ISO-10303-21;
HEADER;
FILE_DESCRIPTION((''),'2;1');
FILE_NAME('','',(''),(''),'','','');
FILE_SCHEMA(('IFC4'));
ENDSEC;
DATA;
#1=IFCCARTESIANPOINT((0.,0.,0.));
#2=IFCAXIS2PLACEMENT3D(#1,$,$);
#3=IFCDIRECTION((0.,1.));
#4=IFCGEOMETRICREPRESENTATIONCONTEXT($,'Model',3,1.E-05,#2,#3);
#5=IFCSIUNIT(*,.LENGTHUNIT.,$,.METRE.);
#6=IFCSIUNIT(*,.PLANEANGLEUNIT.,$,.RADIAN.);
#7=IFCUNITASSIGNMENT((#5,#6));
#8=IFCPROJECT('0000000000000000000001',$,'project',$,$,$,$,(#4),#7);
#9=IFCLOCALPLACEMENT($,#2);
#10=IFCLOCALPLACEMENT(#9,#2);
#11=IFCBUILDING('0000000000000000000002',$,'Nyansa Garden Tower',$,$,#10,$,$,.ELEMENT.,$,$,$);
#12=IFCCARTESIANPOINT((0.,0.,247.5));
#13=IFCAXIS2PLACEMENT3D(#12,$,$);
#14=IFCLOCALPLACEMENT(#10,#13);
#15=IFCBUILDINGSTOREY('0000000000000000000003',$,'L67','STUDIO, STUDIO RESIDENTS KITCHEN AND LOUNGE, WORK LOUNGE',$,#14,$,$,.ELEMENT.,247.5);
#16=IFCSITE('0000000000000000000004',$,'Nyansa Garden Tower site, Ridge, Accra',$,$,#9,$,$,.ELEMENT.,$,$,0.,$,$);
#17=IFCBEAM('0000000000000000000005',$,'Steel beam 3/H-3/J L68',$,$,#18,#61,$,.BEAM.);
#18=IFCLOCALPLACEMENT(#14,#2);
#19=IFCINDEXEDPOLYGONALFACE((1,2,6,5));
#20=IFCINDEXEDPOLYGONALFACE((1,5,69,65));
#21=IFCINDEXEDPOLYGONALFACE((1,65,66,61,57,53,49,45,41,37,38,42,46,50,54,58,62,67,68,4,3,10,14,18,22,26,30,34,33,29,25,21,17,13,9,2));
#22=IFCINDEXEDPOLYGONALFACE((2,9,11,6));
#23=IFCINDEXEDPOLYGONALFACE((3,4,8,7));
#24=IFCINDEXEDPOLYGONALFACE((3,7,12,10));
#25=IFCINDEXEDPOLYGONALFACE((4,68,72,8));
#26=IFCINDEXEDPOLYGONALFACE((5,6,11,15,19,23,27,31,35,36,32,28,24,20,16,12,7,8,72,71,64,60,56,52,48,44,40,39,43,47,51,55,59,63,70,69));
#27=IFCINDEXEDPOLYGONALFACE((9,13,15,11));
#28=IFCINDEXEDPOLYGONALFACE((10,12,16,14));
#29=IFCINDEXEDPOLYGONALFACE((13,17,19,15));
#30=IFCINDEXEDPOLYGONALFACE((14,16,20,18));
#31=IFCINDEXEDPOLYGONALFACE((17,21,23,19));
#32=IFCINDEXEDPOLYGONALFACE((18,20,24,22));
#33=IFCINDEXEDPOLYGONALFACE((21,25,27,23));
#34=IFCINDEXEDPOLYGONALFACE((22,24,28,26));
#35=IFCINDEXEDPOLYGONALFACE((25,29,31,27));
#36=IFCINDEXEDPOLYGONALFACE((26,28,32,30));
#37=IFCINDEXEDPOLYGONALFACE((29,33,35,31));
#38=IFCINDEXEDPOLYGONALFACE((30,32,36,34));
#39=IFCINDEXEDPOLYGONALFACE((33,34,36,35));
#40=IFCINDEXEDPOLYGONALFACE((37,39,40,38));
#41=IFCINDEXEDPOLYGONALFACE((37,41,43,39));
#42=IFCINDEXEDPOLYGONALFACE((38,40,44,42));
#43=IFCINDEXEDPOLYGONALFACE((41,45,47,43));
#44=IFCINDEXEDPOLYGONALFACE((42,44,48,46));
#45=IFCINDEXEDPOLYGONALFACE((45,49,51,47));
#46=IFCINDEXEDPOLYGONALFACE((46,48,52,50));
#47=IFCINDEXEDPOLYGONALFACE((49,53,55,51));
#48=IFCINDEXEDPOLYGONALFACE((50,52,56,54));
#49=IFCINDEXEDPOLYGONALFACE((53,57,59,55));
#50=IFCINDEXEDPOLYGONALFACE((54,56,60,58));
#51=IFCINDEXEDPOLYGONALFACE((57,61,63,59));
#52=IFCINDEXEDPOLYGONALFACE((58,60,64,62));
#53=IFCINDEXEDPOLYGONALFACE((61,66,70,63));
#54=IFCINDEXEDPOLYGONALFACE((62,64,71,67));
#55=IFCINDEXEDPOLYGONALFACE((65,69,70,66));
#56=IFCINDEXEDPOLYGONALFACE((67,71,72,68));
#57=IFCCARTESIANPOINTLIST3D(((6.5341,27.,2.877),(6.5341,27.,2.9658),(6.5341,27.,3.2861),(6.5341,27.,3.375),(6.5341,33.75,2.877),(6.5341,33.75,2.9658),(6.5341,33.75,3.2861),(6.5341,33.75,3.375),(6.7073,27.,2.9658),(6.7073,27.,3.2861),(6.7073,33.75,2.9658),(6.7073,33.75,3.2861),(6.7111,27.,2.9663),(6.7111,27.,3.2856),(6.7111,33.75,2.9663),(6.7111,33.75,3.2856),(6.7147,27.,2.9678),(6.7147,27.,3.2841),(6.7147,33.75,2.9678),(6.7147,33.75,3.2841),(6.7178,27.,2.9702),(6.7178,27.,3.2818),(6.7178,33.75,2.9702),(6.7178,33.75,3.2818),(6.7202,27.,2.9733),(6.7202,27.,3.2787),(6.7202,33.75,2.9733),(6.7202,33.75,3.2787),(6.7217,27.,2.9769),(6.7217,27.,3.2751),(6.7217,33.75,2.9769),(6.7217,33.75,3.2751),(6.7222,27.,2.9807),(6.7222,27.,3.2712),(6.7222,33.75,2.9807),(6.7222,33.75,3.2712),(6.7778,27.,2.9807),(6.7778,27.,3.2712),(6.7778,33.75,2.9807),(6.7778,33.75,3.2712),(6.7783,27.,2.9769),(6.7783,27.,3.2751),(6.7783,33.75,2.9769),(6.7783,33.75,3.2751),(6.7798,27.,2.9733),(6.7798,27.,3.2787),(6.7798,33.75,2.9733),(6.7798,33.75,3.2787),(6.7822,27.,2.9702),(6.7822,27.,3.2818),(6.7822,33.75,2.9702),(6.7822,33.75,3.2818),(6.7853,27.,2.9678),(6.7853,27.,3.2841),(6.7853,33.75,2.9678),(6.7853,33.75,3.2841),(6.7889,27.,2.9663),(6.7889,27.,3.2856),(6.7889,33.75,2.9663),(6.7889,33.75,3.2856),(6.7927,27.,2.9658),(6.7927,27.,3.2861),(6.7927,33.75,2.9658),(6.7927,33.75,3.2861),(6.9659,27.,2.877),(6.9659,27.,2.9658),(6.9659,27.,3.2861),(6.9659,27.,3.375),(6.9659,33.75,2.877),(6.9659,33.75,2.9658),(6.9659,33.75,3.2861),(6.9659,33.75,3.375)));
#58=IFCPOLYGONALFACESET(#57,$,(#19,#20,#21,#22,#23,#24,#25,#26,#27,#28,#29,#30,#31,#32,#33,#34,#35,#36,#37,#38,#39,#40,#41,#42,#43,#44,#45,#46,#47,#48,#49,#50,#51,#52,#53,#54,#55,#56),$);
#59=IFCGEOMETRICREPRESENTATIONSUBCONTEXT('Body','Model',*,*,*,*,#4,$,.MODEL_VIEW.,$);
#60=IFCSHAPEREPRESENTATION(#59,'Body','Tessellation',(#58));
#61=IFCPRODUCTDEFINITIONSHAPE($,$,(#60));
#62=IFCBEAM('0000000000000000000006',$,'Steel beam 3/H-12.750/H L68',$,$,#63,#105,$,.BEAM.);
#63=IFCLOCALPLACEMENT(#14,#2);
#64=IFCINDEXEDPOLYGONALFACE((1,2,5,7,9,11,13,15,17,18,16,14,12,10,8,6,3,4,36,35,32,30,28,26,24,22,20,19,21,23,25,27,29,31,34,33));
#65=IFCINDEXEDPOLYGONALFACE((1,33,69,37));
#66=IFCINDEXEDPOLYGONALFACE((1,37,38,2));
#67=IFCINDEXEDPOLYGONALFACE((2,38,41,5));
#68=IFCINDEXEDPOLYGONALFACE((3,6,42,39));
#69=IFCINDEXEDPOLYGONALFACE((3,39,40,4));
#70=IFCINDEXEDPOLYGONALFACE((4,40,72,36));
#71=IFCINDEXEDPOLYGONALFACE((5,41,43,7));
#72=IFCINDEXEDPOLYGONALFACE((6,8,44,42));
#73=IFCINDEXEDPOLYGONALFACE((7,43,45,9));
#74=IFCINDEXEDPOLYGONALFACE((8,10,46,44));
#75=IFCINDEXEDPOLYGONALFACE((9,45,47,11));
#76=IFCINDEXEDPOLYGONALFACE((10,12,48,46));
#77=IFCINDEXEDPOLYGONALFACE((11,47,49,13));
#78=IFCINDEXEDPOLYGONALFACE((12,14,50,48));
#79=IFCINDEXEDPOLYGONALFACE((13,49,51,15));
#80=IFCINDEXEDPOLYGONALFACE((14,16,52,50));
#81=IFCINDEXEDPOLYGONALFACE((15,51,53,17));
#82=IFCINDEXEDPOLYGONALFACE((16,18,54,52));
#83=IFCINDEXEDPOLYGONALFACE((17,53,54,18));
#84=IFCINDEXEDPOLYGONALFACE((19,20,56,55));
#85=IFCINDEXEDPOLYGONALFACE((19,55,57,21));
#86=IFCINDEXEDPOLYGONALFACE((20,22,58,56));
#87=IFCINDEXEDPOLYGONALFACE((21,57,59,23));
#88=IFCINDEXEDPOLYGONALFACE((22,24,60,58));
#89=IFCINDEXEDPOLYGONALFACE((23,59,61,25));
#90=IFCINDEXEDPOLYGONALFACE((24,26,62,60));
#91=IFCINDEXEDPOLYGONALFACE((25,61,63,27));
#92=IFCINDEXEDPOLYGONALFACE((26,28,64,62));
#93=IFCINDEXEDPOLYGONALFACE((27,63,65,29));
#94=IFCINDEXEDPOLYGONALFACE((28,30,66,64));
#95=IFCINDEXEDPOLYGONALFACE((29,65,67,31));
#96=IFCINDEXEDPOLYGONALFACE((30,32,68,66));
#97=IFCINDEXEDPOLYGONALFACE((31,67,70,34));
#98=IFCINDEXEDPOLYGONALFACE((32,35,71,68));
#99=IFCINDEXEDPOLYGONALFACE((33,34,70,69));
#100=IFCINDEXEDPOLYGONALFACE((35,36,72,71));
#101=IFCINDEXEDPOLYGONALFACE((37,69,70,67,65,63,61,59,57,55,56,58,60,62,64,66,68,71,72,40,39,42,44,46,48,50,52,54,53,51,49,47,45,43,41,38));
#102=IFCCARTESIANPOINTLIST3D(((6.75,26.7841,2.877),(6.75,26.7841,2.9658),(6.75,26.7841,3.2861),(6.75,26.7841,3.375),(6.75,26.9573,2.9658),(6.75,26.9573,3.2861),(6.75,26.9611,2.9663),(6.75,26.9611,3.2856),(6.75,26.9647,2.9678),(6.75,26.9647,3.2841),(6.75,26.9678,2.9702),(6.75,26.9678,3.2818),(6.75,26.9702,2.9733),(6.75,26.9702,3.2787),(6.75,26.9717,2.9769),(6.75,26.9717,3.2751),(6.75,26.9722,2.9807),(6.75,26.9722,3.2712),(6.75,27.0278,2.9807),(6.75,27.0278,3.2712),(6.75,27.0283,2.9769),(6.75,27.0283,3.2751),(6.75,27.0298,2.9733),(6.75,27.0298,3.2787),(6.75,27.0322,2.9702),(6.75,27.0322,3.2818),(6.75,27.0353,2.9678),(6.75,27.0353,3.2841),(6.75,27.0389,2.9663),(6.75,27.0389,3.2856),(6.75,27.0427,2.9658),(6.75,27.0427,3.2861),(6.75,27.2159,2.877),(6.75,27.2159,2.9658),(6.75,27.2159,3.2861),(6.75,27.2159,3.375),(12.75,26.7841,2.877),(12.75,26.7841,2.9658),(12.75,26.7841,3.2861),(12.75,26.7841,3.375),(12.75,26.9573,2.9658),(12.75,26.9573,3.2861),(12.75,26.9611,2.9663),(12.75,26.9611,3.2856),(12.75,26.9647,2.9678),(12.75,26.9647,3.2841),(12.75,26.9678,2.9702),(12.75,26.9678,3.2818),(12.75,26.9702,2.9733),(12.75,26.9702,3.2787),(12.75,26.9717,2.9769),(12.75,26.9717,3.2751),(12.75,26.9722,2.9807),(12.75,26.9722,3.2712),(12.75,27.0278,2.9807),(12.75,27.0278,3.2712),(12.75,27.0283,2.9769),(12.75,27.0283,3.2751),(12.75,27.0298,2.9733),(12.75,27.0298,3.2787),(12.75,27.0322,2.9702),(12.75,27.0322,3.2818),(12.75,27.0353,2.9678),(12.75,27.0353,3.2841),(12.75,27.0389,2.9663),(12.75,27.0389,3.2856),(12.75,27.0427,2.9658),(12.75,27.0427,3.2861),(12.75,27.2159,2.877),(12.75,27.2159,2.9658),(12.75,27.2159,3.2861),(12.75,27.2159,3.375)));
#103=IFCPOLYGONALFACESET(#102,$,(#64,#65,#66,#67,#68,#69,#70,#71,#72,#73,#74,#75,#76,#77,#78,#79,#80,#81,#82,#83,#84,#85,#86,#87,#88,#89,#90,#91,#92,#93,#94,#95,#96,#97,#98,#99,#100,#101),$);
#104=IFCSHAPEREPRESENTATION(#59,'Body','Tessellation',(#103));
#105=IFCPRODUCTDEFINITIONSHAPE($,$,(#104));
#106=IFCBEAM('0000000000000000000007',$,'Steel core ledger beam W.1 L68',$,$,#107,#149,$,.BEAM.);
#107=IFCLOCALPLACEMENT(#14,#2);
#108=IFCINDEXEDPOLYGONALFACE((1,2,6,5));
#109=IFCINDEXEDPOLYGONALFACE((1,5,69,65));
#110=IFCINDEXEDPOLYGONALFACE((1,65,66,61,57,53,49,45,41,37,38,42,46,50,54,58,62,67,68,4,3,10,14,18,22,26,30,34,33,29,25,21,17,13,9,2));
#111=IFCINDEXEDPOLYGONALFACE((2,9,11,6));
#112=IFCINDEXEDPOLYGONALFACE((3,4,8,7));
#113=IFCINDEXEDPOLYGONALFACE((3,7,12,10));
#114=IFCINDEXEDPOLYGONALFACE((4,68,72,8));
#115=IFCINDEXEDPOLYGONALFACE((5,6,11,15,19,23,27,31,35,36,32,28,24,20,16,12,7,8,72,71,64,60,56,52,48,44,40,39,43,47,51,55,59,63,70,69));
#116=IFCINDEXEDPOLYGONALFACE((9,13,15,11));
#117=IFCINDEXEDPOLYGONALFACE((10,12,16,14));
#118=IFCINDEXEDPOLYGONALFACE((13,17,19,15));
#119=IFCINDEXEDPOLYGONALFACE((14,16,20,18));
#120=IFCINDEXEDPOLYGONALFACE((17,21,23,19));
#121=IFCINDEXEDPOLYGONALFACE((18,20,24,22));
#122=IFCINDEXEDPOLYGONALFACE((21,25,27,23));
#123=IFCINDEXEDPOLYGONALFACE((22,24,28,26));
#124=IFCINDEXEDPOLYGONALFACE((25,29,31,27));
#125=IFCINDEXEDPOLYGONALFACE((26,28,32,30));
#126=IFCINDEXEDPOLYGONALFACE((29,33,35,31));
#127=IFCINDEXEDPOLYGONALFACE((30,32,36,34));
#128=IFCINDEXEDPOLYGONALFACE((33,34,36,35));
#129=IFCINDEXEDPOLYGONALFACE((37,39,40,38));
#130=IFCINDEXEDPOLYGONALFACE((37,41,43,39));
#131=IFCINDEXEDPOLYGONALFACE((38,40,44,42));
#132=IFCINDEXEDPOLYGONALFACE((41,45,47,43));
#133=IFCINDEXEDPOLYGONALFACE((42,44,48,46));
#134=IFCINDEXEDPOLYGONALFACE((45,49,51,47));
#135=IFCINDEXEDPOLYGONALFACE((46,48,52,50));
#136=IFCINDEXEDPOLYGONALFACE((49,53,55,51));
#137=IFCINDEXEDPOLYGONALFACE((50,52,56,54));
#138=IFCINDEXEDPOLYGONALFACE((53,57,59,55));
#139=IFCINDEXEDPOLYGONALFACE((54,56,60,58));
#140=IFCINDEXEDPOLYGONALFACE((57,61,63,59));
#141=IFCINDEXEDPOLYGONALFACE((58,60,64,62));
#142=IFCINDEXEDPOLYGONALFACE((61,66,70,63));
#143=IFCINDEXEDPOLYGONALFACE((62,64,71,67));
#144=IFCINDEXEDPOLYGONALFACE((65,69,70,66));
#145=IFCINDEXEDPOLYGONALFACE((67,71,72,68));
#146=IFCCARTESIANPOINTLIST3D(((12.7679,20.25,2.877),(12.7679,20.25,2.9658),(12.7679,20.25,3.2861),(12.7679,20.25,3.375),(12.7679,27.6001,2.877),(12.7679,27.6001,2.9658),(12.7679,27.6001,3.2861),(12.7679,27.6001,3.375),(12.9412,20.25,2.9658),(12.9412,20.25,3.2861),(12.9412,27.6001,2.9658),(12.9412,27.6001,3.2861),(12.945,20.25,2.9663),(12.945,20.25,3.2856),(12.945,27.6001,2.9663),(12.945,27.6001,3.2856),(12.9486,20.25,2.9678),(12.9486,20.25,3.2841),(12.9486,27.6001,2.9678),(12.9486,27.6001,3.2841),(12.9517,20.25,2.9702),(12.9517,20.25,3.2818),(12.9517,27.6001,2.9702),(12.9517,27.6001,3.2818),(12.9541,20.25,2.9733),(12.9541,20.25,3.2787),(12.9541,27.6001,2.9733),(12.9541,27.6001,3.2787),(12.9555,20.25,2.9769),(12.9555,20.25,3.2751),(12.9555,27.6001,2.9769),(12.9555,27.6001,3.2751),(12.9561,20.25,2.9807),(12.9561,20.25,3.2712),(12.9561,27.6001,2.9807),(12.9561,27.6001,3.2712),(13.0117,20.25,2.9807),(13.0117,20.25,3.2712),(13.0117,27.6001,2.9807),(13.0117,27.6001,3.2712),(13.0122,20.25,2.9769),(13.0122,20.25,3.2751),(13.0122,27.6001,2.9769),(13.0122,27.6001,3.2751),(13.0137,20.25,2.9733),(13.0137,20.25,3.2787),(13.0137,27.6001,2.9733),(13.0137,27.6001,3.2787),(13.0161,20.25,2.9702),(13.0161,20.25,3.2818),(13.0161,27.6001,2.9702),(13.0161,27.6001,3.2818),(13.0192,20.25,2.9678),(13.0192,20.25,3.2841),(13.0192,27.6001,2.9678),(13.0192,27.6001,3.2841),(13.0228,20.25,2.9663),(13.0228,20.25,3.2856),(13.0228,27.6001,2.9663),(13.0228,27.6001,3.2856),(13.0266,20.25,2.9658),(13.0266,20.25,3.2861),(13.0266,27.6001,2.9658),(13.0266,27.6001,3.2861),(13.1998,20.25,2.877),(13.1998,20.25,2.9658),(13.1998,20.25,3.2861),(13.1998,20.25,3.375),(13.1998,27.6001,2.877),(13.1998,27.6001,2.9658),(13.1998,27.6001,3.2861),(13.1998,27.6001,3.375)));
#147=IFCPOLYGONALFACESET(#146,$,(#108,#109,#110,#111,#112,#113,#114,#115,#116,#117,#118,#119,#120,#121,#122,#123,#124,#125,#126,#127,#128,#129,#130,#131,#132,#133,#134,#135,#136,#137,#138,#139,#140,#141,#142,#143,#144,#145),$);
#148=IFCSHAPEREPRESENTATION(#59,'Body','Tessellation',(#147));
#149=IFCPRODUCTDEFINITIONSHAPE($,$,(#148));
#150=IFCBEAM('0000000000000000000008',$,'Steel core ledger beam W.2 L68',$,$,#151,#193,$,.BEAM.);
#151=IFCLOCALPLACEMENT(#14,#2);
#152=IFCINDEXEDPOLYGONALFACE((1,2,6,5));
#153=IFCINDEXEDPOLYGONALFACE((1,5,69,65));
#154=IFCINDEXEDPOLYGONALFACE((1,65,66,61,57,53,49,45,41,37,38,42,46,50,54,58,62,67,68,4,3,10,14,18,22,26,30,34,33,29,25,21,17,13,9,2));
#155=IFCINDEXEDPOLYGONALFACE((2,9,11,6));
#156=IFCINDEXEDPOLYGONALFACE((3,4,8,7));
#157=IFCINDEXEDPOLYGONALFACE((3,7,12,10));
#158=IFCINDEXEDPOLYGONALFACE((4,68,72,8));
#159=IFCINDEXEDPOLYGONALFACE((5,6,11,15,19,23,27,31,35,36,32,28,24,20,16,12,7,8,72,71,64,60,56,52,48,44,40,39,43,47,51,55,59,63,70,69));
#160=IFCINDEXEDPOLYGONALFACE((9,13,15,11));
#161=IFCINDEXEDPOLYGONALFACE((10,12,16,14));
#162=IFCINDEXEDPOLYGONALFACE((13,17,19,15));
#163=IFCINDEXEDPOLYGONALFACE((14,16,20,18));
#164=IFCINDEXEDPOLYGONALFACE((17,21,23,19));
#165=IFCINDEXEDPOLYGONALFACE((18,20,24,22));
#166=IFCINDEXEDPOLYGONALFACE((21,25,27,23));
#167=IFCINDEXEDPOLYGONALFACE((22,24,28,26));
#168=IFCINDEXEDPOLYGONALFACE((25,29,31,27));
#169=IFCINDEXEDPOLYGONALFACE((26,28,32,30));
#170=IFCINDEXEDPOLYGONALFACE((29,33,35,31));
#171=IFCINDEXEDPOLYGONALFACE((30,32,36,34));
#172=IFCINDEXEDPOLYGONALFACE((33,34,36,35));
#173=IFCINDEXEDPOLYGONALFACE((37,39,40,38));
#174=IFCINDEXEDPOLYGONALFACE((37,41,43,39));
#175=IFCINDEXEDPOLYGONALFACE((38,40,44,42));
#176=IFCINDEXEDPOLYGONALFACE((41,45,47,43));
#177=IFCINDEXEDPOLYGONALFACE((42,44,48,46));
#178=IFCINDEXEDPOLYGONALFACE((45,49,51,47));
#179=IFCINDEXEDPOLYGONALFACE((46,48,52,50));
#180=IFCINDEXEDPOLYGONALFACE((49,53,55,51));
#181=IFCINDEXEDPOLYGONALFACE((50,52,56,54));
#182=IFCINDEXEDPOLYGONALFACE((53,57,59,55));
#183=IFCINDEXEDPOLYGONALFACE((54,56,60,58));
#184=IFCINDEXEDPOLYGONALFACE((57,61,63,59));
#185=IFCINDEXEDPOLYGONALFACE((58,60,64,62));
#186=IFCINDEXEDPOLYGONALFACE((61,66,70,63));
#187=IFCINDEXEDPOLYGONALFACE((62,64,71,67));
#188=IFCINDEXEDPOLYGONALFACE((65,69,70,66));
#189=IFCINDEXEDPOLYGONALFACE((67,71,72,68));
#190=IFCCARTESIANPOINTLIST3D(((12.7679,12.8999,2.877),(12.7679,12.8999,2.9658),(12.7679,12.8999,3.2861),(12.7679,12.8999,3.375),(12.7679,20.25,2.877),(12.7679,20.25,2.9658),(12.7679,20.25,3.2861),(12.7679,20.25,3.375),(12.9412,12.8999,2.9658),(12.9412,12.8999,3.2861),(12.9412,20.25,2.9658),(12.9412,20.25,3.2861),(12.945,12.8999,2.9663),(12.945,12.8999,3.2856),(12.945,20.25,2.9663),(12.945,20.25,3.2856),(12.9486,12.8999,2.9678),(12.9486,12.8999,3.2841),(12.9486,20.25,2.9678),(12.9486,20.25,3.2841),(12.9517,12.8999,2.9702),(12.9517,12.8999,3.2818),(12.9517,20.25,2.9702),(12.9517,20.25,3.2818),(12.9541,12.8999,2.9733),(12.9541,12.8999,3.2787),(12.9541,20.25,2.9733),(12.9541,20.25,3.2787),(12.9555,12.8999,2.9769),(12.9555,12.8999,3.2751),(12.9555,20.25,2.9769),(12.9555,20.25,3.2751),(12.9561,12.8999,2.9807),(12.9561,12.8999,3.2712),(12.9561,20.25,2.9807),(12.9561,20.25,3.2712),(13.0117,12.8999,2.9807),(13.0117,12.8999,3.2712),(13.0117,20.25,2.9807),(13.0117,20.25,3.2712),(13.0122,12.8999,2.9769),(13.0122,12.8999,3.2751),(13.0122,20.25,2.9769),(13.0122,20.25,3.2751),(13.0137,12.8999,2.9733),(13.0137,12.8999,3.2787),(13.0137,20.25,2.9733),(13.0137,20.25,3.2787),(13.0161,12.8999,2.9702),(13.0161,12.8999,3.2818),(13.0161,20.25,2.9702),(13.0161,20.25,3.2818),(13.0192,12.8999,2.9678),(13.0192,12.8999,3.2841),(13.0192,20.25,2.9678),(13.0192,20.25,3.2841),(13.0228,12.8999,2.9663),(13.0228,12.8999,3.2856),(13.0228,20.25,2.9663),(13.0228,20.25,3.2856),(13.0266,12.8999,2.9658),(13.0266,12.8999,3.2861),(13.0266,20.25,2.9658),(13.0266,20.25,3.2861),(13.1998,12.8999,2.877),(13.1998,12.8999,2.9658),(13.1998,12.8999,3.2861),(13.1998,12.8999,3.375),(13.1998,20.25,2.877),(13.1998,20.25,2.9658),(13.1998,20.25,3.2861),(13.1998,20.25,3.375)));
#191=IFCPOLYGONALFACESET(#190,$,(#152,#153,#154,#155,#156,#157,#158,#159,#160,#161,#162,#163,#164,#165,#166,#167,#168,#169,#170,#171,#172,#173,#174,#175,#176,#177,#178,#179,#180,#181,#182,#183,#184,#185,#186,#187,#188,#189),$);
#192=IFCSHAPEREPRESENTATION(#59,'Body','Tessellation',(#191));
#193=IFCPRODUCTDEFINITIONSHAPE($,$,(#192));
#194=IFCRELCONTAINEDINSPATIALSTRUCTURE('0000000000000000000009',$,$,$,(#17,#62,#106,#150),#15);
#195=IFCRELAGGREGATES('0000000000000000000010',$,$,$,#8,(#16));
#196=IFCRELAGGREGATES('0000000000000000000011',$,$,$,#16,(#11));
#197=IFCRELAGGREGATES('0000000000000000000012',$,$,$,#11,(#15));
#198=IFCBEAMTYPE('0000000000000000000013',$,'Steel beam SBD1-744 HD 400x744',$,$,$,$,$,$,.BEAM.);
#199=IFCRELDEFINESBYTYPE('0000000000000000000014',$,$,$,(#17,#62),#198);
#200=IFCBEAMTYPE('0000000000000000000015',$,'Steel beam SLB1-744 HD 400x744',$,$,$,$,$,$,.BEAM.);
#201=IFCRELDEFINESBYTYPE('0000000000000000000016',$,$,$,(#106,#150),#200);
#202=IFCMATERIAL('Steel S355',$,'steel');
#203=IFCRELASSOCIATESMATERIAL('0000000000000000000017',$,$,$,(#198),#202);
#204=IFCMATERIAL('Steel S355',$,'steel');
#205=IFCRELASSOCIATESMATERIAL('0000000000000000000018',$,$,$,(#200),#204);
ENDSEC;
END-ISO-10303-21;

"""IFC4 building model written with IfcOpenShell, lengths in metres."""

from ifc_helpers import new_model, si_unit, direction, frame, origin, origin_2d, place, context, subcontext, project, spatial, i_section, extrude, material, material_profile, profile_set, type_object, element, save


model = new_model("IFC4")

# Units and contexts
model_context = context("Model", 3, precision=1e-05, world=origin(), true_north=direction((0.0, 1.0)))
body_context = subcontext(model_context, "Body", "Model", "MODEL_VIEW")
ifc_project = project(units=[si_unit("LENGTHUNIT", "METRE"), si_unit("PLANEANGLEUNIT", "RADIAN")], contexts=[model_context])

# Site, building, storey
site_placement = place(None, origin())
site = spatial("IfcSite", under=ifc_project, at=site_placement, Name="Nyansa Garden Tower site, Ridge, Accra", CompositionType="ELEMENT", RefElevation=0.0)
building_placement = place(site_placement, origin())
building = spatial("IfcBuilding", under=site, at=building_placement, Name="Nyansa Garden Tower", CompositionType="ELEMENT")
storey_placement = place(building_placement, frame((0.0, 0.0, 247.5)))
storey = spatial("IfcBuildingStorey", under=building, at=storey_placement, Name="L67", Description="STUDIO, STUDIO RESIDENTS KITCHEN AND LOUNGE, WORK LOUNGE", CompositionType="ELEMENT", Elevation=247.5)

# Beams
ifc_material_1 = material(Name="Steel S355", Category="steel")
ifc_material_profile_1 = material_profile(ifc_material_1, i_section(OverallWidth=0.4319, OverallDepth=0.498, WebThickness=0.0557, FlangeThickness=0.0889, FilletRadius=0.0149, at=origin_2d()), Name="HD 400x744")
ifc_profile_set_1 = profile_set([ifc_material_profile_1], Name="Steel S355")
beam_type_1 = type_object("IfcBeamType", Name="Steel beam SBD1-744 HD 400x744", PredefinedType="BEAM", material=ifc_profile_set_1)
beam_1_placement = place(storey_placement, frame((6.75, 27.0, 3.126), z_axis=(0.0, 1.0, 0.0), x_axis=(-1.0, 0.0, 0.0)))
element("IfcBeam", 1, at=beam_1_placement, inside=storey, type_object=beam_type_1, Name="Steel beam 3/H-3/J L68", PredefinedType="BEAM", context=body_context, shape_type="SweptSolid", body=[
    extrude(i_section(OverallWidth=0.4319, OverallDepth=0.498, WebThickness=0.0557, FlangeThickness=0.0889, FilletRadius=0.0149, at=origin_2d()), origin(), (0.0, 0.0, 1.0), 6.75),
])
beam_2_placement = place(storey_placement, frame((6.75, 27.0, 3.126), z_axis=(1.0, 0.0, 0.0), x_axis=(0.0, 1.0, 0.0)))
element("IfcBeam", 2, at=beam_2_placement, inside=storey, type_object=beam_type_1, Name="Steel beam 3/H-12.750/H L68", PredefinedType="BEAM", context=body_context, shape_type="SweptSolid", body=[
    extrude(i_section(OverallWidth=0.4319, OverallDepth=0.498, WebThickness=0.0557, FlangeThickness=0.0889, FilletRadius=0.0149, at=origin_2d()), origin(), (0.0, 0.0, 1.0), 6.0),
])
ifc_material_2 = material(Name="Steel S355", Category="steel")
ifc_material_profile_2 = material_profile(ifc_material_2, i_section(OverallWidth=0.4319, OverallDepth=0.498, WebThickness=0.0557, FlangeThickness=0.0889, FilletRadius=0.0149, at=origin_2d()), Name="HD 400x744")
ifc_profile_set_2 = profile_set([ifc_material_profile_2], Name="Steel S355")
beam_type_2 = type_object("IfcBeamType", Name="Steel beam SLB1-744 HD 400x744", PredefinedType="BEAM", material=ifc_profile_set_2)
for number, where, z_axis, x_axis, name in (
    (3, (12.9839, 27.6001, 3.126), (0.0, -1.0, 0.0), (1.0, 0.0, 0.0), "Steel core ledger beam W.1 L68"),
    (4, (12.9839, 20.25, 3.126), (0.0, -1.0, 0.0), (1.0, 0.0, 0.0), "Steel core ledger beam W.2 L68"),
):
    element("IfcBeam", number, at=place(storey_placement, frame(where, z_axis=z_axis, x_axis=x_axis)), inside=storey, type_object=beam_type_2, Name=name, PredefinedType="BEAM", context=body_context, shape_type="SweptSolid", body=[
        extrude(i_section(OverallWidth=0.4319, OverallDepth=0.498, WebThickness=0.0557, FlangeThickness=0.0889, FilletRadius=0.0149, at=origin_2d()), origin(), (0.0, 0.0, 1.0), 7.3501),
    ])

save(model, "model.ifc")
